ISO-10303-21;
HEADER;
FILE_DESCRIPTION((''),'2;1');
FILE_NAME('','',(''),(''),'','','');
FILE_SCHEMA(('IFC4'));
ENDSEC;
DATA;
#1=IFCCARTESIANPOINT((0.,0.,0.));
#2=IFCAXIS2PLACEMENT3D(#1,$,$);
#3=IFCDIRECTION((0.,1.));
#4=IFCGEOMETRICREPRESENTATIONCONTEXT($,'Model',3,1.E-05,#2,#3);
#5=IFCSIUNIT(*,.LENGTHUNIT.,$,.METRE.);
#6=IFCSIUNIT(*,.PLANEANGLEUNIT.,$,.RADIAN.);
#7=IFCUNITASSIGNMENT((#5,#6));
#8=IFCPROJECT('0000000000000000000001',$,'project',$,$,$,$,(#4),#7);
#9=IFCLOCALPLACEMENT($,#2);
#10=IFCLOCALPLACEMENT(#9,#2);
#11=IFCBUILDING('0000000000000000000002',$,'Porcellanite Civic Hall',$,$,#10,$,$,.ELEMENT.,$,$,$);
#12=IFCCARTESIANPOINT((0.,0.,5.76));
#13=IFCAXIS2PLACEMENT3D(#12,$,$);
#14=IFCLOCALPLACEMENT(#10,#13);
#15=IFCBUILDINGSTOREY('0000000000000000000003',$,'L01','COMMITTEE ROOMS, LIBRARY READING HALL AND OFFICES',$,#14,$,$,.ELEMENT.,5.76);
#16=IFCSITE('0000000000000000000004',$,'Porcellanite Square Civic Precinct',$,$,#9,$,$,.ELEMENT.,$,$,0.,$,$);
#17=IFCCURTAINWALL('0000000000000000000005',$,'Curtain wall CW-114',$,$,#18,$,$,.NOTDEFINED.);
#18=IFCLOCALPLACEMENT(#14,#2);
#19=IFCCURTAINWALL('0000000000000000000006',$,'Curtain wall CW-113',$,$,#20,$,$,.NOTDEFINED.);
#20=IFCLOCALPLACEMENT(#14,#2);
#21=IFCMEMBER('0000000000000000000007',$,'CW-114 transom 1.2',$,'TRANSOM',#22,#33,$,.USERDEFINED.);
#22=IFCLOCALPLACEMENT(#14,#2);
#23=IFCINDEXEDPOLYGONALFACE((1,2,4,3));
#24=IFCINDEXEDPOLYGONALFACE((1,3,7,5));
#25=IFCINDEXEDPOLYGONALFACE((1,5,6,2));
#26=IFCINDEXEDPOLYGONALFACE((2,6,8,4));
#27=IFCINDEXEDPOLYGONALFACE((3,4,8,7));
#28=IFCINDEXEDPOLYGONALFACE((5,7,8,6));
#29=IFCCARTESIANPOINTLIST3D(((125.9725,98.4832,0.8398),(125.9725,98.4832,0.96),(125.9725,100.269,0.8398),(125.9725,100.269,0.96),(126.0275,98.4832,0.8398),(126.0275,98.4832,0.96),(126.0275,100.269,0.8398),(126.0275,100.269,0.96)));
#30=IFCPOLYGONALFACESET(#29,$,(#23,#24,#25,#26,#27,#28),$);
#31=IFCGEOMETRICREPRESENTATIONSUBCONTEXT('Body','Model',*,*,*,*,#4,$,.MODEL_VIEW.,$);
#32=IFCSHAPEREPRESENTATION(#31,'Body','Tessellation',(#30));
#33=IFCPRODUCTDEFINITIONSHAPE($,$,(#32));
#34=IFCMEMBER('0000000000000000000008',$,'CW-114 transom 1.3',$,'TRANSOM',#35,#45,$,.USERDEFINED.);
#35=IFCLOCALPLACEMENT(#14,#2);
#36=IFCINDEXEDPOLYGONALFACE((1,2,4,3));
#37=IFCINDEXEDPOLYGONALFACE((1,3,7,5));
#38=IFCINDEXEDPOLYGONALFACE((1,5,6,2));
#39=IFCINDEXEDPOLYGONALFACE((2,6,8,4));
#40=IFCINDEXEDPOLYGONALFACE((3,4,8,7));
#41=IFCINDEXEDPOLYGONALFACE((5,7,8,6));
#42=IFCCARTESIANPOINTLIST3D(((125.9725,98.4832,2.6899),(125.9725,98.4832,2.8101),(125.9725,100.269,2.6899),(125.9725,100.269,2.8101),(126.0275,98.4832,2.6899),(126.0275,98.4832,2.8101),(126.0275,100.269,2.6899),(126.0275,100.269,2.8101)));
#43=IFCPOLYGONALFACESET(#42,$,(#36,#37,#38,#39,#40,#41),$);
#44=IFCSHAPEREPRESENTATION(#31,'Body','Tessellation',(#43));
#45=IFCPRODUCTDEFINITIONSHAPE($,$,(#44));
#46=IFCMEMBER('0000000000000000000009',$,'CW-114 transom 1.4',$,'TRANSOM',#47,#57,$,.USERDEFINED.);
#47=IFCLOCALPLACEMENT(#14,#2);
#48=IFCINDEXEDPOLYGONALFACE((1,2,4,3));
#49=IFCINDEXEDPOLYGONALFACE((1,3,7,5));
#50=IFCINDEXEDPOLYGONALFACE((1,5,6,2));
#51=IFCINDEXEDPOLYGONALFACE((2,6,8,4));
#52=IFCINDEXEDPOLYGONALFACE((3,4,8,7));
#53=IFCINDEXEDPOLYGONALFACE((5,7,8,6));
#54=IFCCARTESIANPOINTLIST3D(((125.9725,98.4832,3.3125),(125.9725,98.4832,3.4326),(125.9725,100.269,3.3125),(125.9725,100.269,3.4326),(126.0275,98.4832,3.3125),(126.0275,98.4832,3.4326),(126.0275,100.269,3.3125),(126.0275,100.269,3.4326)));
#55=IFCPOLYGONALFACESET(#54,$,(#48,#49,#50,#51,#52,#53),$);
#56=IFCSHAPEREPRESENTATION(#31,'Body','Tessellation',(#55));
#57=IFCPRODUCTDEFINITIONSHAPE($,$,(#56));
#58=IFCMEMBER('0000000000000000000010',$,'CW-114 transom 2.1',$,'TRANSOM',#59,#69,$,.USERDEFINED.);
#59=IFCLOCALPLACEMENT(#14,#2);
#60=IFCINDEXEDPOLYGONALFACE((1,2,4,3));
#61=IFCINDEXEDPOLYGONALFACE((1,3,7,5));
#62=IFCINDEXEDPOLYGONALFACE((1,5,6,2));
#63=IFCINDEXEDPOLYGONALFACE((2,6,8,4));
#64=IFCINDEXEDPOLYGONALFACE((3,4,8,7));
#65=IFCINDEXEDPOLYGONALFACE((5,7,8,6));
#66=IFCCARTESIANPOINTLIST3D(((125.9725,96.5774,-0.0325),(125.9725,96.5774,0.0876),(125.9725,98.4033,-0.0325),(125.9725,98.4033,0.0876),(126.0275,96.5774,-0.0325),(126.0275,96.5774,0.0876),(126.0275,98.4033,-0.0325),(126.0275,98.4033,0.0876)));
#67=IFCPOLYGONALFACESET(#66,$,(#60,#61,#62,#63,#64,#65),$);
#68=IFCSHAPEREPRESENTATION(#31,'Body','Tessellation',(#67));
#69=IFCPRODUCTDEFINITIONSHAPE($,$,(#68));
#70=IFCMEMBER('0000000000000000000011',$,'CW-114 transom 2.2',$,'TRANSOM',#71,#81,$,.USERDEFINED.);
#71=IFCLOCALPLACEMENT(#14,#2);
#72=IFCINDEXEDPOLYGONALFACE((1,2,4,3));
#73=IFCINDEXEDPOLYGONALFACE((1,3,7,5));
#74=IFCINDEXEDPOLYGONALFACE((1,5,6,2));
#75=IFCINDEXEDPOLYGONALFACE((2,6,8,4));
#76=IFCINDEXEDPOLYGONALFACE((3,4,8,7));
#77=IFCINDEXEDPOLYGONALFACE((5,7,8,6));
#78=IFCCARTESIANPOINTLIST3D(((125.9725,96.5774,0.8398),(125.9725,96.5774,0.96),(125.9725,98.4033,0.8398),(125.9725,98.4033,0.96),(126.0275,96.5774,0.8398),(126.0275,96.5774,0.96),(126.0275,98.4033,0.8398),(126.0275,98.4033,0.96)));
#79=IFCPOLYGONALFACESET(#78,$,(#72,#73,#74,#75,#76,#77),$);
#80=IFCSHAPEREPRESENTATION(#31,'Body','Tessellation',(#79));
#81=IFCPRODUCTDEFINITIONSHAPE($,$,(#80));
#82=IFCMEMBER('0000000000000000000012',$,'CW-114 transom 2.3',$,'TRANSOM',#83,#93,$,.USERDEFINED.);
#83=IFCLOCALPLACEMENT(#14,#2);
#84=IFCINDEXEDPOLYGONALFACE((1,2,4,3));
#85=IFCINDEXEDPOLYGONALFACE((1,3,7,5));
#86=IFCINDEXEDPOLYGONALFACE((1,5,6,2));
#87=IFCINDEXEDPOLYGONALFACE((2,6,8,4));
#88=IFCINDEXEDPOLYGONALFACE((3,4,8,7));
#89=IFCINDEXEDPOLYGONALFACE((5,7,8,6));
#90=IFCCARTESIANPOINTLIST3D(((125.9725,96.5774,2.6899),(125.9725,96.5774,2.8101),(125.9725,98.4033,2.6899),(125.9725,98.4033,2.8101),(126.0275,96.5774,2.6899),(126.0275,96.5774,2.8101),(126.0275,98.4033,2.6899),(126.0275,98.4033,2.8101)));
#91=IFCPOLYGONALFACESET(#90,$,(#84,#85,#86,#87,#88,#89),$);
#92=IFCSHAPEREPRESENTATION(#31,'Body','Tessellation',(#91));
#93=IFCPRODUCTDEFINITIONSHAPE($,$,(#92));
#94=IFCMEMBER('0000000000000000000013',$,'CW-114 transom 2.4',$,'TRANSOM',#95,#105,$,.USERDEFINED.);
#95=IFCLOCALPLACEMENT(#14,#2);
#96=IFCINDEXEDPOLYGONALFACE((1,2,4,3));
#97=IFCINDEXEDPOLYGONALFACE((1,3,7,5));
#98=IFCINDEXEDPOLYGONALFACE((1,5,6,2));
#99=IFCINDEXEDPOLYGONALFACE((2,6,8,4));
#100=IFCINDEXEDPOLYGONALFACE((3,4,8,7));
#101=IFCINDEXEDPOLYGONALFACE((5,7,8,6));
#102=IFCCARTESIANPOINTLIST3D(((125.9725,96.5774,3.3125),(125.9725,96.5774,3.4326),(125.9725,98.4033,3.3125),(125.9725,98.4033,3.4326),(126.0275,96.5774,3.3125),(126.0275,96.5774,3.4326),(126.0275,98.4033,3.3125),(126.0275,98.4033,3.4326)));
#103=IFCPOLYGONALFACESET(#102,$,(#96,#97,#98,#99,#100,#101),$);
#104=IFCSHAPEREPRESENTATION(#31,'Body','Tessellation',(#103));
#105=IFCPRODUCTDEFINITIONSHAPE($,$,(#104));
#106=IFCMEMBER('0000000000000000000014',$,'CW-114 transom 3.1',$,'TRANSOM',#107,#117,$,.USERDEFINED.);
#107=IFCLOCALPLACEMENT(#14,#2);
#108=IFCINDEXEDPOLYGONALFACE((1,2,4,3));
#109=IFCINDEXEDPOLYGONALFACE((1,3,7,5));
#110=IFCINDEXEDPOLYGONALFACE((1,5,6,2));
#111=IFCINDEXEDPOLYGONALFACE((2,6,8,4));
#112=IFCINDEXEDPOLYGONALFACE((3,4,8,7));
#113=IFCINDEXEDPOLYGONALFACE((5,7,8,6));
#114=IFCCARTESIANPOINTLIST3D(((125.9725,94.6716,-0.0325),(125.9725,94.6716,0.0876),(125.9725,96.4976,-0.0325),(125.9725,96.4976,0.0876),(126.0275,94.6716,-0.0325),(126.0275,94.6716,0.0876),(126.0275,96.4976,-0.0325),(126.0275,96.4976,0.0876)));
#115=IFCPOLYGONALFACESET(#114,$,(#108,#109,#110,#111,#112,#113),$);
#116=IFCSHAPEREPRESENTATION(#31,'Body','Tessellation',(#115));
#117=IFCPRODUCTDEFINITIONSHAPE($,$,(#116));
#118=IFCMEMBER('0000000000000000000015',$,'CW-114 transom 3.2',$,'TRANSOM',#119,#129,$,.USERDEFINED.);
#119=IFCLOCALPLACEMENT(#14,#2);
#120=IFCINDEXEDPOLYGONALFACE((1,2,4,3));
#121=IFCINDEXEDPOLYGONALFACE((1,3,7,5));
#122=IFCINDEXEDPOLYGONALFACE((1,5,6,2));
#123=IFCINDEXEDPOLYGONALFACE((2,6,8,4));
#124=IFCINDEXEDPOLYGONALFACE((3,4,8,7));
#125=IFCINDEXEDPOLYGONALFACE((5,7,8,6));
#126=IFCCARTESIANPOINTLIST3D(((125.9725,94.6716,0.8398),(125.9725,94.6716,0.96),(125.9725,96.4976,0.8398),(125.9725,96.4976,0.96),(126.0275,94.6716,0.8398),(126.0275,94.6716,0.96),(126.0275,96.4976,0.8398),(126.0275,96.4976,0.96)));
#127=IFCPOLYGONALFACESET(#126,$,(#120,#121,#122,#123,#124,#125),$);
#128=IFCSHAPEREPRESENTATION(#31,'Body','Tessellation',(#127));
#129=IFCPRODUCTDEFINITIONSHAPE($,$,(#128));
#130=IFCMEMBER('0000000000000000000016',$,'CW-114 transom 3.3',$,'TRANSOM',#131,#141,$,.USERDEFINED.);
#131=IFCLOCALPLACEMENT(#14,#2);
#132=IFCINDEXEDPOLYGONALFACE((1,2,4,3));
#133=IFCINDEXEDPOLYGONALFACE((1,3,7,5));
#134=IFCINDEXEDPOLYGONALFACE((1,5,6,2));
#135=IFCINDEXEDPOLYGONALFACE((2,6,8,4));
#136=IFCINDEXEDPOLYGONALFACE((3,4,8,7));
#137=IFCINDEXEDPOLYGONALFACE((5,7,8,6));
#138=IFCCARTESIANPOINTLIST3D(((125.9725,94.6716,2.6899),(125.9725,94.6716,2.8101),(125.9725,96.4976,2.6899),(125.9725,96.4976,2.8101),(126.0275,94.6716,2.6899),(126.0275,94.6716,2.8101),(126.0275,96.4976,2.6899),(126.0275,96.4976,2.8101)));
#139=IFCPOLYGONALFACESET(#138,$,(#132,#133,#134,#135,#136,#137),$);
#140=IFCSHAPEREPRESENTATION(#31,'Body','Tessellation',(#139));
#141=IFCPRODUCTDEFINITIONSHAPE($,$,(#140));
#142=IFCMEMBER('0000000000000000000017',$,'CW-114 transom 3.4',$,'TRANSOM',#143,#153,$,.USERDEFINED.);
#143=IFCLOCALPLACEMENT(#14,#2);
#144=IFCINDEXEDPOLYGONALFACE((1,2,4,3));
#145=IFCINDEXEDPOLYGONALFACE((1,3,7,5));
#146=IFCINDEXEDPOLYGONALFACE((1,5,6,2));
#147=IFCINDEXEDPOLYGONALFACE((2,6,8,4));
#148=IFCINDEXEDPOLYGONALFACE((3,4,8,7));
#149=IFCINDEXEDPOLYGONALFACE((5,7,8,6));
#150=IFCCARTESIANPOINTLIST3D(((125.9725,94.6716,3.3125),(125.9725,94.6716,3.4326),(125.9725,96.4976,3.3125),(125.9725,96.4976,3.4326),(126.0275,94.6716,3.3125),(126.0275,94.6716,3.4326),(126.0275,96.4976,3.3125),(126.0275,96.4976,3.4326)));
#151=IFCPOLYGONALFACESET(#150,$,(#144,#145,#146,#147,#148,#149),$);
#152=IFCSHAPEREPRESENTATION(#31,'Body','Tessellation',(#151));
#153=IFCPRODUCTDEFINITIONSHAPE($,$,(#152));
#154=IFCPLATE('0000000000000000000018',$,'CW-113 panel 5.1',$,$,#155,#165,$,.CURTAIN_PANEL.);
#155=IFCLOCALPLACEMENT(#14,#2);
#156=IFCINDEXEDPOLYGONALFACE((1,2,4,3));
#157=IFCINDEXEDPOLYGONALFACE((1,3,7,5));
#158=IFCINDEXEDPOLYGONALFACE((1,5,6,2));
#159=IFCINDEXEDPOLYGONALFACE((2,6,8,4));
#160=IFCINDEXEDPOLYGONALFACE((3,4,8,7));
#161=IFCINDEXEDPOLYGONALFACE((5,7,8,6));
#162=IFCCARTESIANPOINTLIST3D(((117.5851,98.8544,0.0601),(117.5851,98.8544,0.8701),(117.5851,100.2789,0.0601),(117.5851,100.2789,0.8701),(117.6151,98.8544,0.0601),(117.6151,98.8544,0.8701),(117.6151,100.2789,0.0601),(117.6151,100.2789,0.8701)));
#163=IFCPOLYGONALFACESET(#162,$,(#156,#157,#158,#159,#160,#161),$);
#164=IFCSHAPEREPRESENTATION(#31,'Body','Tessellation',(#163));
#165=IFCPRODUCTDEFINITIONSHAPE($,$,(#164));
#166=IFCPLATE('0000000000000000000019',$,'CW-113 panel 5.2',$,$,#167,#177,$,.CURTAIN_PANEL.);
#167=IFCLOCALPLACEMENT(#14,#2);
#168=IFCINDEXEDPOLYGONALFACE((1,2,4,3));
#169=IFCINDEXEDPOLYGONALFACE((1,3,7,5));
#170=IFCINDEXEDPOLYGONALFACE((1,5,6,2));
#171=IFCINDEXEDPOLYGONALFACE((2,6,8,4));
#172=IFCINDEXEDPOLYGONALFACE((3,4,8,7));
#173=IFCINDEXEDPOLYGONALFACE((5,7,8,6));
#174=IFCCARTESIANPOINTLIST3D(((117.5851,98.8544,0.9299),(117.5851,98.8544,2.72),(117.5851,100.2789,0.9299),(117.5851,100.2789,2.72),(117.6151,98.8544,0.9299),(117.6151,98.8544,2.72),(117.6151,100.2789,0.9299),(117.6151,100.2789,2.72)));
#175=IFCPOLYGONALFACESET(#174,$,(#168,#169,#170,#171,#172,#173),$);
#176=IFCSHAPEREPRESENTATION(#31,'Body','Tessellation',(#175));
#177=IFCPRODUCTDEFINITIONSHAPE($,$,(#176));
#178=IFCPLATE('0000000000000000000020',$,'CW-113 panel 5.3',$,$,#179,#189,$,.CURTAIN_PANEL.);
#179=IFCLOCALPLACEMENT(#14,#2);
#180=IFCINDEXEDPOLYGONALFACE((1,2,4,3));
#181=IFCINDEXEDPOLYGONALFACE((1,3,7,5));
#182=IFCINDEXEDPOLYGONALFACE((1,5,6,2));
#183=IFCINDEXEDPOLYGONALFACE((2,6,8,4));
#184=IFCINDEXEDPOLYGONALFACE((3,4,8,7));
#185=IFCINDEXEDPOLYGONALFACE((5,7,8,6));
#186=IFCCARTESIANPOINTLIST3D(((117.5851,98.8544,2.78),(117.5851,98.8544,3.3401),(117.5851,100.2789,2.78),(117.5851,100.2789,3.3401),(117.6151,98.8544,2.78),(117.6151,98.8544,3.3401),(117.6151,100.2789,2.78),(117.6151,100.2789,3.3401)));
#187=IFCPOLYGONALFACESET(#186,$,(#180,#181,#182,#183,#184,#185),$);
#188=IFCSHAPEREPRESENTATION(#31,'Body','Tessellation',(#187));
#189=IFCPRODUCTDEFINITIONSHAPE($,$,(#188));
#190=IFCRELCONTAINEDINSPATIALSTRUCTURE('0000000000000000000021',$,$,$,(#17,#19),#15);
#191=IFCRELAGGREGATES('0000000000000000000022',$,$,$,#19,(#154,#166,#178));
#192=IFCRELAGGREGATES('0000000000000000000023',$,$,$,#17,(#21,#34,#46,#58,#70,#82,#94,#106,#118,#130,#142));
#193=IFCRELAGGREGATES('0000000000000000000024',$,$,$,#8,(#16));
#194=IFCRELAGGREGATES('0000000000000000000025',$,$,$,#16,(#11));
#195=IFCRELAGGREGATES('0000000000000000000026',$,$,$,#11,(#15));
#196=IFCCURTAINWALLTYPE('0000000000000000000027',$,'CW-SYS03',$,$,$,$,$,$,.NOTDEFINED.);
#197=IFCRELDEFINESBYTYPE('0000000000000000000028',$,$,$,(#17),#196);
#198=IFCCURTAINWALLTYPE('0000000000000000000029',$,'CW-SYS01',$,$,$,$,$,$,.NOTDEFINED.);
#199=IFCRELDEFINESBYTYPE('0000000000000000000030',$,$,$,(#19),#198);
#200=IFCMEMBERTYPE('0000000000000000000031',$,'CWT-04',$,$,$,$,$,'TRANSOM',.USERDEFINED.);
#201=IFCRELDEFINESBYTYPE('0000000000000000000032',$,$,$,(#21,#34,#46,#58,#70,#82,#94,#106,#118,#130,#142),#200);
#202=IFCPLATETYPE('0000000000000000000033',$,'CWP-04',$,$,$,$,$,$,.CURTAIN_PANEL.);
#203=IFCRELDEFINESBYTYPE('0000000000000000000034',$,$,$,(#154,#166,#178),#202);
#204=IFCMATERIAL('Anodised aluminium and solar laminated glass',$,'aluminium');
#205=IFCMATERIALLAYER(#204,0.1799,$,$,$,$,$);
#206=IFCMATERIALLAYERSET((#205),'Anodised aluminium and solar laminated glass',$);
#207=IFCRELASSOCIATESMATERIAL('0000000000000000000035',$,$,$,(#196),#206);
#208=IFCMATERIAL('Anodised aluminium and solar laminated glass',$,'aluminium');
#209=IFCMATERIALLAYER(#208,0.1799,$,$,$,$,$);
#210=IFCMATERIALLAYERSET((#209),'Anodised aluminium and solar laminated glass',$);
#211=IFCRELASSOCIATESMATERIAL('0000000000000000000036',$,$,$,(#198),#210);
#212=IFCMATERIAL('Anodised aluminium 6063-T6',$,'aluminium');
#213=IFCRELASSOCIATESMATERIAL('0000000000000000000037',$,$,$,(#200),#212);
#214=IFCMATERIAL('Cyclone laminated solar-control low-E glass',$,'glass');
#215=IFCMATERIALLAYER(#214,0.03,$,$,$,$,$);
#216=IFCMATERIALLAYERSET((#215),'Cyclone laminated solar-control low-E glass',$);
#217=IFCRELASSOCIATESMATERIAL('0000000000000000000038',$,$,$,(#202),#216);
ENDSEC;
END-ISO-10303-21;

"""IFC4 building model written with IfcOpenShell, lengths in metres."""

from ifc_helpers import new_model, si_unit, direction, frame, origin, origin_2d, place, context, subcontext, project, spatial, rectangle, extrude, material, layer, layer_set, material_profile, profile_set, type_object, element, aggregate, save


model = new_model("IFC4")

# Units and contexts
model_context = context("Model", 3, precision=1e-05, world=origin(), true_north=direction((0.0, 1.0)))
body_context = subcontext(model_context, "Body", "Model", "MODEL_VIEW")
ifc_project = project(units=[si_unit("LENGTHUNIT", "METRE"), si_unit("PLANEANGLEUNIT", "RADIAN")], contexts=[model_context])

# Site, building, storey
site_placement = place(None, origin())
site = spatial("IfcSite", under=ifc_project, at=site_placement, Name="Porcellanite Square Civic Precinct", CompositionType="ELEMENT", RefElevation=0.0)
building_placement = place(site_placement, origin())
building = spatial("IfcBuilding", under=site, at=building_placement, Name="Porcellanite Civic Hall", CompositionType="ELEMENT")
storey_placement = place(building_placement, frame((0.0, 0.0, 5.76)))
storey = spatial("IfcBuildingStorey", under=building, at=storey_placement, Name="L01", Description="COMMITTEE ROOMS, LIBRARY READING HALL AND OFFICES", CompositionType="ELEMENT", Elevation=5.76)

# Curtain walls
ifc_material_1 = material(Name="Anodised aluminium and solar laminated glass", Category="aluminium")
ifc_layer_1 = layer(ifc_material_1, 0.1799)
ifc_layer_set_1 = layer_set([ifc_layer_1], Name="Anodised aluminium and solar laminated glass")
curtain_wall_type_1 = type_object("IfcCurtainWallType", Name="CW-SYS03", PredefinedType="NOTDEFINED", material=ifc_layer_set_1)
curtain_wall_1_placement = place(storey_placement, origin())
curtain_wall_1 = element("IfcCurtainWall", 1, at=curtain_wall_1_placement, inside=storey, type_object=curtain_wall_type_1, Name="Curtain wall CW-114", PredefinedType="NOTDEFINED")
ifc_material_2 = material(Name="Anodised aluminium and solar laminated glass", Category="aluminium")
ifc_layer_2 = layer(ifc_material_2, 0.1799)
ifc_layer_set_2 = layer_set([ifc_layer_2], Name="Anodised aluminium and solar laminated glass")
curtain_wall_type_2 = type_object("IfcCurtainWallType", Name="CW-SYS01", PredefinedType="NOTDEFINED", material=ifc_layer_set_2)
curtain_wall_2_placement = place(storey_placement, origin())
curtain_wall_2 = element("IfcCurtainWall", 2, at=curtain_wall_2_placement, inside=storey, type_object=curtain_wall_type_2, Name="Curtain wall CW-113", PredefinedType="NOTDEFINED")

# Members
ifc_material_3 = material(Name="Anodised aluminium 6063-T6", Category="aluminium")
ifc_material_profile_1 = material_profile(ifc_material_3, rectangle(XDim=0.0549, YDim=0.1201, at=origin_2d()), Name="AL-55x120")
ifc_profile_set_1 = profile_set([ifc_material_profile_1], Name="Anodised aluminium 6063-T6")
member_type_1 = type_object("IfcMemberType", Name="CWT-04", ElementType="TRANSOM", PredefinedType="USERDEFINED", material=ifc_profile_set_1)
member_1_placement = place(storey_placement, frame((126.0, 100.269, 0.8999), z_axis=(0.0, -1.0, 0.0), x_axis=(1.0, 0.0, 0.0)))
member_1 = element("IfcMember", 3, at=member_1_placement, type_object=member_type_1, Name="CW-114 transom 1.2", ObjectType="TRANSOM", PredefinedType="USERDEFINED", context=body_context, shape_type="SweptSolid", body=[
    extrude(rectangle(XDim=0.0549, YDim=0.1201, at=origin_2d()), origin(), (0.0, 0.0, 1.0), 1.7859),
])
member_2_placement = place(storey_placement, frame((126.0, 100.269, 2.75), z_axis=(0.0, -1.0, 0.0), x_axis=(1.0, 0.0, 0.0)))
member_2 = element("IfcMember", 4, at=member_2_placement, type_object=member_type_1, Name="CW-114 transom 1.3", ObjectType="TRANSOM", PredefinedType="USERDEFINED", context=body_context, shape_type="SweptSolid", body=[
    extrude(rectangle(XDim=0.0549, YDim=0.1201, at=origin_2d()), origin(), (0.0, 0.0, 1.0), 1.7859),
])
member_3_placement = place(storey_placement, frame((126.0, 100.269, 3.3726), z_axis=(0.0, -1.0, 0.0), x_axis=(1.0, 0.0, 0.0)))
member_3 = element("IfcMember", 5, at=member_3_placement, type_object=member_type_1, Name="CW-114 transom 1.4", ObjectType="TRANSOM", PredefinedType="USERDEFINED", context=body_context, shape_type="SweptSolid", body=[
    extrude(rectangle(XDim=0.0549, YDim=0.1201, at=origin_2d()), origin(), (0.0, 0.0, 1.0), 1.7859),
])
member_4_placement = place(storey_placement, frame((126.0, 98.4033, 0.0276), z_axis=(0.0, -1.0, 0.0), x_axis=(1.0, 0.0, 0.0)))
member_4 = element("IfcMember", 6, at=member_4_placement, type_object=member_type_1, Name="CW-114 transom 2.1", ObjectType="TRANSOM", PredefinedType="USERDEFINED", context=body_context, shape_type="SweptSolid", body=[
    extrude(rectangle(XDim=0.0549, YDim=0.1201, at=origin_2d()), origin(), (0.0, 0.0, 1.0), 1.8259),
])
member_5_placement = place(storey_placement, frame((126.0, 98.4033, 0.8999), z_axis=(0.0, -1.0, 0.0), x_axis=(1.0, 0.0, 0.0)))
member_5 = element("IfcMember", 7, at=member_5_placement, type_object=member_type_1, Name="CW-114 transom 2.2", ObjectType="TRANSOM", PredefinedType="USERDEFINED", context=body_context, shape_type="SweptSolid", body=[
    extrude(rectangle(XDim=0.0549, YDim=0.1201, at=origin_2d()), origin(), (0.0, 0.0, 1.0), 1.8259),
])
member_6_placement = place(storey_placement, frame((126.0, 98.4033, 2.75), z_axis=(0.0, -1.0, 0.0), x_axis=(1.0, 0.0, 0.0)))
member_6 = element("IfcMember", 8, at=member_6_placement, type_object=member_type_1, Name="CW-114 transom 2.3", ObjectType="TRANSOM", PredefinedType="USERDEFINED", context=body_context, shape_type="SweptSolid", body=[
    extrude(rectangle(XDim=0.0549, YDim=0.1201, at=origin_2d()), origin(), (0.0, 0.0, 1.0), 1.8259),
])
member_7_placement = place(storey_placement, frame((126.0, 98.4033, 3.3726), z_axis=(0.0, -1.0, 0.0), x_axis=(1.0, 0.0, 0.0)))
member_7 = element("IfcMember", 9, at=member_7_placement, type_object=member_type_1, Name="CW-114 transom 2.4", ObjectType="TRANSOM", PredefinedType="USERDEFINED", context=body_context, shape_type="SweptSolid", body=[
    extrude(rectangle(XDim=0.0549, YDim=0.1201, at=origin_2d()), origin(), (0.0, 0.0, 1.0), 1.8259),
])
member_8_placement = place(storey_placement, frame((126.0, 96.4976, 0.0276), z_axis=(0.0, -1.0, 0.0), x_axis=(1.0, 0.0, 0.0)))
member_8 = element("IfcMember", 10, at=member_8_placement, type_object=member_type_1, Name="CW-114 transom 3.1", ObjectType="TRANSOM", PredefinedType="USERDEFINED", context=body_context, shape_type="SweptSolid", body=[
    extrude(rectangle(XDim=0.0549, YDim=0.1201, at=origin_2d()), origin(), (0.0, 0.0, 1.0), 1.8259),
])
member_9_placement = place(storey_placement, frame((126.0, 96.4976, 0.8999), z_axis=(0.0, -1.0, 0.0), x_axis=(1.0, 0.0, 0.0)))
member_9 = element("IfcMember", 11, at=member_9_placement, type_object=member_type_1, Name="CW-114 transom 3.2", ObjectType="TRANSOM", PredefinedType="USERDEFINED", context=body_context, shape_type="SweptSolid", body=[
    extrude(rectangle(XDim=0.0549, YDim=0.1201, at=origin_2d()), origin(), (0.0, 0.0, 1.0), 1.8259),
])
member_10_placement = place(storey_placement, frame((126.0, 96.4976, 2.75), z_axis=(0.0, -1.0, 0.0), x_axis=(1.0, 0.0, 0.0)))
member_10 = element("IfcMember", 12, at=member_10_placement, type_object=member_type_1, Name="CW-114 transom 3.3", ObjectType="TRANSOM", PredefinedType="USERDEFINED", context=body_context, shape_type="SweptSolid", body=[
    extrude(rectangle(XDim=0.0549, YDim=0.1201, at=origin_2d()), origin(), (0.0, 0.0, 1.0), 1.8259),
])
member_11_placement = place(storey_placement, frame((126.0, 96.4976, 3.3726), z_axis=(0.0, -1.0, 0.0), x_axis=(1.0, 0.0, 0.0)))
member_11 = element("IfcMember", 13, at=member_11_placement, type_object=member_type_1, Name="CW-114 transom 3.4", ObjectType="TRANSOM", PredefinedType="USERDEFINED", context=body_context, shape_type="SweptSolid", body=[
    extrude(rectangle(XDim=0.0549, YDim=0.1201, at=origin_2d()), origin(), (0.0, 0.0, 1.0), 1.8259),
])

# Plates
ifc_material_4 = material(Name="Cyclone laminated solar-control low-E glass", Category="glass")
ifc_layer_3 = layer(ifc_material_4, 0.03)
ifc_layer_set_3 = layer_set([ifc_layer_3], Name="Cyclone laminated solar-control low-E glass")
plate_type_1 = type_object("IfcPlateType", Name="CWP-04", PredefinedType="CURTAIN_PANEL", material=ifc_layer_set_3)
plate_1_placement = place(storey_placement, frame((117.6001, 99.5667, 0.0601), z_axis=(0.0, 0.0, 1.0), x_axis=(0.0, 1.0, 0.0)))
plate_1 = element("IfcPlate", 14, at=plate_1_placement, type_object=plate_type_1, Name="CW-113 panel 5.1", PredefinedType="CURTAIN_PANEL", context=body_context, shape_type="SweptSolid", body=[
    extrude(rectangle(XDim=1.4246, YDim=0.03, at=origin_2d()), origin(), (0.0, 0.0, 1.0), 0.8101),
])
plate_2_placement = place(storey_placement, frame((117.6001, 99.5667, 0.9299), z_axis=(0.0, 0.0, 1.0), x_axis=(0.0, 1.0, 0.0)))
plate_2 = element("IfcPlate", 15, at=plate_2_placement, type_object=plate_type_1, Name="CW-113 panel 5.2", PredefinedType="CURTAIN_PANEL", context=body_context, shape_type="SweptSolid", body=[
    extrude(rectangle(XDim=1.4246, YDim=0.03, at=origin_2d()), origin(), (0.0, 0.0, 1.0), 1.79),
])
plate_3_placement = place(storey_placement, frame((117.6001, 99.5667, 2.78), z_axis=(0.0, 0.0, 1.0), x_axis=(0.0, 1.0, 0.0)))
plate_3 = element("IfcPlate", 16, at=plate_3_placement, type_object=plate_type_1, Name="CW-113 panel 5.3", PredefinedType="CURTAIN_PANEL", context=body_context, shape_type="SweptSolid", body=[
    extrude(rectangle(XDim=1.4246, YDim=0.03, at=origin_2d()), origin(), (0.0, 0.0, 1.0), 0.5601),
])
aggregate(curtain_wall_2, [plate_1, plate_2, plate_3])
aggregate(curtain_wall_1, [member_1, member_2, member_3, member_4, member_5, member_6, member_7, member_8, member_9, member_10, member_11])

save(model, "model.ifc")
